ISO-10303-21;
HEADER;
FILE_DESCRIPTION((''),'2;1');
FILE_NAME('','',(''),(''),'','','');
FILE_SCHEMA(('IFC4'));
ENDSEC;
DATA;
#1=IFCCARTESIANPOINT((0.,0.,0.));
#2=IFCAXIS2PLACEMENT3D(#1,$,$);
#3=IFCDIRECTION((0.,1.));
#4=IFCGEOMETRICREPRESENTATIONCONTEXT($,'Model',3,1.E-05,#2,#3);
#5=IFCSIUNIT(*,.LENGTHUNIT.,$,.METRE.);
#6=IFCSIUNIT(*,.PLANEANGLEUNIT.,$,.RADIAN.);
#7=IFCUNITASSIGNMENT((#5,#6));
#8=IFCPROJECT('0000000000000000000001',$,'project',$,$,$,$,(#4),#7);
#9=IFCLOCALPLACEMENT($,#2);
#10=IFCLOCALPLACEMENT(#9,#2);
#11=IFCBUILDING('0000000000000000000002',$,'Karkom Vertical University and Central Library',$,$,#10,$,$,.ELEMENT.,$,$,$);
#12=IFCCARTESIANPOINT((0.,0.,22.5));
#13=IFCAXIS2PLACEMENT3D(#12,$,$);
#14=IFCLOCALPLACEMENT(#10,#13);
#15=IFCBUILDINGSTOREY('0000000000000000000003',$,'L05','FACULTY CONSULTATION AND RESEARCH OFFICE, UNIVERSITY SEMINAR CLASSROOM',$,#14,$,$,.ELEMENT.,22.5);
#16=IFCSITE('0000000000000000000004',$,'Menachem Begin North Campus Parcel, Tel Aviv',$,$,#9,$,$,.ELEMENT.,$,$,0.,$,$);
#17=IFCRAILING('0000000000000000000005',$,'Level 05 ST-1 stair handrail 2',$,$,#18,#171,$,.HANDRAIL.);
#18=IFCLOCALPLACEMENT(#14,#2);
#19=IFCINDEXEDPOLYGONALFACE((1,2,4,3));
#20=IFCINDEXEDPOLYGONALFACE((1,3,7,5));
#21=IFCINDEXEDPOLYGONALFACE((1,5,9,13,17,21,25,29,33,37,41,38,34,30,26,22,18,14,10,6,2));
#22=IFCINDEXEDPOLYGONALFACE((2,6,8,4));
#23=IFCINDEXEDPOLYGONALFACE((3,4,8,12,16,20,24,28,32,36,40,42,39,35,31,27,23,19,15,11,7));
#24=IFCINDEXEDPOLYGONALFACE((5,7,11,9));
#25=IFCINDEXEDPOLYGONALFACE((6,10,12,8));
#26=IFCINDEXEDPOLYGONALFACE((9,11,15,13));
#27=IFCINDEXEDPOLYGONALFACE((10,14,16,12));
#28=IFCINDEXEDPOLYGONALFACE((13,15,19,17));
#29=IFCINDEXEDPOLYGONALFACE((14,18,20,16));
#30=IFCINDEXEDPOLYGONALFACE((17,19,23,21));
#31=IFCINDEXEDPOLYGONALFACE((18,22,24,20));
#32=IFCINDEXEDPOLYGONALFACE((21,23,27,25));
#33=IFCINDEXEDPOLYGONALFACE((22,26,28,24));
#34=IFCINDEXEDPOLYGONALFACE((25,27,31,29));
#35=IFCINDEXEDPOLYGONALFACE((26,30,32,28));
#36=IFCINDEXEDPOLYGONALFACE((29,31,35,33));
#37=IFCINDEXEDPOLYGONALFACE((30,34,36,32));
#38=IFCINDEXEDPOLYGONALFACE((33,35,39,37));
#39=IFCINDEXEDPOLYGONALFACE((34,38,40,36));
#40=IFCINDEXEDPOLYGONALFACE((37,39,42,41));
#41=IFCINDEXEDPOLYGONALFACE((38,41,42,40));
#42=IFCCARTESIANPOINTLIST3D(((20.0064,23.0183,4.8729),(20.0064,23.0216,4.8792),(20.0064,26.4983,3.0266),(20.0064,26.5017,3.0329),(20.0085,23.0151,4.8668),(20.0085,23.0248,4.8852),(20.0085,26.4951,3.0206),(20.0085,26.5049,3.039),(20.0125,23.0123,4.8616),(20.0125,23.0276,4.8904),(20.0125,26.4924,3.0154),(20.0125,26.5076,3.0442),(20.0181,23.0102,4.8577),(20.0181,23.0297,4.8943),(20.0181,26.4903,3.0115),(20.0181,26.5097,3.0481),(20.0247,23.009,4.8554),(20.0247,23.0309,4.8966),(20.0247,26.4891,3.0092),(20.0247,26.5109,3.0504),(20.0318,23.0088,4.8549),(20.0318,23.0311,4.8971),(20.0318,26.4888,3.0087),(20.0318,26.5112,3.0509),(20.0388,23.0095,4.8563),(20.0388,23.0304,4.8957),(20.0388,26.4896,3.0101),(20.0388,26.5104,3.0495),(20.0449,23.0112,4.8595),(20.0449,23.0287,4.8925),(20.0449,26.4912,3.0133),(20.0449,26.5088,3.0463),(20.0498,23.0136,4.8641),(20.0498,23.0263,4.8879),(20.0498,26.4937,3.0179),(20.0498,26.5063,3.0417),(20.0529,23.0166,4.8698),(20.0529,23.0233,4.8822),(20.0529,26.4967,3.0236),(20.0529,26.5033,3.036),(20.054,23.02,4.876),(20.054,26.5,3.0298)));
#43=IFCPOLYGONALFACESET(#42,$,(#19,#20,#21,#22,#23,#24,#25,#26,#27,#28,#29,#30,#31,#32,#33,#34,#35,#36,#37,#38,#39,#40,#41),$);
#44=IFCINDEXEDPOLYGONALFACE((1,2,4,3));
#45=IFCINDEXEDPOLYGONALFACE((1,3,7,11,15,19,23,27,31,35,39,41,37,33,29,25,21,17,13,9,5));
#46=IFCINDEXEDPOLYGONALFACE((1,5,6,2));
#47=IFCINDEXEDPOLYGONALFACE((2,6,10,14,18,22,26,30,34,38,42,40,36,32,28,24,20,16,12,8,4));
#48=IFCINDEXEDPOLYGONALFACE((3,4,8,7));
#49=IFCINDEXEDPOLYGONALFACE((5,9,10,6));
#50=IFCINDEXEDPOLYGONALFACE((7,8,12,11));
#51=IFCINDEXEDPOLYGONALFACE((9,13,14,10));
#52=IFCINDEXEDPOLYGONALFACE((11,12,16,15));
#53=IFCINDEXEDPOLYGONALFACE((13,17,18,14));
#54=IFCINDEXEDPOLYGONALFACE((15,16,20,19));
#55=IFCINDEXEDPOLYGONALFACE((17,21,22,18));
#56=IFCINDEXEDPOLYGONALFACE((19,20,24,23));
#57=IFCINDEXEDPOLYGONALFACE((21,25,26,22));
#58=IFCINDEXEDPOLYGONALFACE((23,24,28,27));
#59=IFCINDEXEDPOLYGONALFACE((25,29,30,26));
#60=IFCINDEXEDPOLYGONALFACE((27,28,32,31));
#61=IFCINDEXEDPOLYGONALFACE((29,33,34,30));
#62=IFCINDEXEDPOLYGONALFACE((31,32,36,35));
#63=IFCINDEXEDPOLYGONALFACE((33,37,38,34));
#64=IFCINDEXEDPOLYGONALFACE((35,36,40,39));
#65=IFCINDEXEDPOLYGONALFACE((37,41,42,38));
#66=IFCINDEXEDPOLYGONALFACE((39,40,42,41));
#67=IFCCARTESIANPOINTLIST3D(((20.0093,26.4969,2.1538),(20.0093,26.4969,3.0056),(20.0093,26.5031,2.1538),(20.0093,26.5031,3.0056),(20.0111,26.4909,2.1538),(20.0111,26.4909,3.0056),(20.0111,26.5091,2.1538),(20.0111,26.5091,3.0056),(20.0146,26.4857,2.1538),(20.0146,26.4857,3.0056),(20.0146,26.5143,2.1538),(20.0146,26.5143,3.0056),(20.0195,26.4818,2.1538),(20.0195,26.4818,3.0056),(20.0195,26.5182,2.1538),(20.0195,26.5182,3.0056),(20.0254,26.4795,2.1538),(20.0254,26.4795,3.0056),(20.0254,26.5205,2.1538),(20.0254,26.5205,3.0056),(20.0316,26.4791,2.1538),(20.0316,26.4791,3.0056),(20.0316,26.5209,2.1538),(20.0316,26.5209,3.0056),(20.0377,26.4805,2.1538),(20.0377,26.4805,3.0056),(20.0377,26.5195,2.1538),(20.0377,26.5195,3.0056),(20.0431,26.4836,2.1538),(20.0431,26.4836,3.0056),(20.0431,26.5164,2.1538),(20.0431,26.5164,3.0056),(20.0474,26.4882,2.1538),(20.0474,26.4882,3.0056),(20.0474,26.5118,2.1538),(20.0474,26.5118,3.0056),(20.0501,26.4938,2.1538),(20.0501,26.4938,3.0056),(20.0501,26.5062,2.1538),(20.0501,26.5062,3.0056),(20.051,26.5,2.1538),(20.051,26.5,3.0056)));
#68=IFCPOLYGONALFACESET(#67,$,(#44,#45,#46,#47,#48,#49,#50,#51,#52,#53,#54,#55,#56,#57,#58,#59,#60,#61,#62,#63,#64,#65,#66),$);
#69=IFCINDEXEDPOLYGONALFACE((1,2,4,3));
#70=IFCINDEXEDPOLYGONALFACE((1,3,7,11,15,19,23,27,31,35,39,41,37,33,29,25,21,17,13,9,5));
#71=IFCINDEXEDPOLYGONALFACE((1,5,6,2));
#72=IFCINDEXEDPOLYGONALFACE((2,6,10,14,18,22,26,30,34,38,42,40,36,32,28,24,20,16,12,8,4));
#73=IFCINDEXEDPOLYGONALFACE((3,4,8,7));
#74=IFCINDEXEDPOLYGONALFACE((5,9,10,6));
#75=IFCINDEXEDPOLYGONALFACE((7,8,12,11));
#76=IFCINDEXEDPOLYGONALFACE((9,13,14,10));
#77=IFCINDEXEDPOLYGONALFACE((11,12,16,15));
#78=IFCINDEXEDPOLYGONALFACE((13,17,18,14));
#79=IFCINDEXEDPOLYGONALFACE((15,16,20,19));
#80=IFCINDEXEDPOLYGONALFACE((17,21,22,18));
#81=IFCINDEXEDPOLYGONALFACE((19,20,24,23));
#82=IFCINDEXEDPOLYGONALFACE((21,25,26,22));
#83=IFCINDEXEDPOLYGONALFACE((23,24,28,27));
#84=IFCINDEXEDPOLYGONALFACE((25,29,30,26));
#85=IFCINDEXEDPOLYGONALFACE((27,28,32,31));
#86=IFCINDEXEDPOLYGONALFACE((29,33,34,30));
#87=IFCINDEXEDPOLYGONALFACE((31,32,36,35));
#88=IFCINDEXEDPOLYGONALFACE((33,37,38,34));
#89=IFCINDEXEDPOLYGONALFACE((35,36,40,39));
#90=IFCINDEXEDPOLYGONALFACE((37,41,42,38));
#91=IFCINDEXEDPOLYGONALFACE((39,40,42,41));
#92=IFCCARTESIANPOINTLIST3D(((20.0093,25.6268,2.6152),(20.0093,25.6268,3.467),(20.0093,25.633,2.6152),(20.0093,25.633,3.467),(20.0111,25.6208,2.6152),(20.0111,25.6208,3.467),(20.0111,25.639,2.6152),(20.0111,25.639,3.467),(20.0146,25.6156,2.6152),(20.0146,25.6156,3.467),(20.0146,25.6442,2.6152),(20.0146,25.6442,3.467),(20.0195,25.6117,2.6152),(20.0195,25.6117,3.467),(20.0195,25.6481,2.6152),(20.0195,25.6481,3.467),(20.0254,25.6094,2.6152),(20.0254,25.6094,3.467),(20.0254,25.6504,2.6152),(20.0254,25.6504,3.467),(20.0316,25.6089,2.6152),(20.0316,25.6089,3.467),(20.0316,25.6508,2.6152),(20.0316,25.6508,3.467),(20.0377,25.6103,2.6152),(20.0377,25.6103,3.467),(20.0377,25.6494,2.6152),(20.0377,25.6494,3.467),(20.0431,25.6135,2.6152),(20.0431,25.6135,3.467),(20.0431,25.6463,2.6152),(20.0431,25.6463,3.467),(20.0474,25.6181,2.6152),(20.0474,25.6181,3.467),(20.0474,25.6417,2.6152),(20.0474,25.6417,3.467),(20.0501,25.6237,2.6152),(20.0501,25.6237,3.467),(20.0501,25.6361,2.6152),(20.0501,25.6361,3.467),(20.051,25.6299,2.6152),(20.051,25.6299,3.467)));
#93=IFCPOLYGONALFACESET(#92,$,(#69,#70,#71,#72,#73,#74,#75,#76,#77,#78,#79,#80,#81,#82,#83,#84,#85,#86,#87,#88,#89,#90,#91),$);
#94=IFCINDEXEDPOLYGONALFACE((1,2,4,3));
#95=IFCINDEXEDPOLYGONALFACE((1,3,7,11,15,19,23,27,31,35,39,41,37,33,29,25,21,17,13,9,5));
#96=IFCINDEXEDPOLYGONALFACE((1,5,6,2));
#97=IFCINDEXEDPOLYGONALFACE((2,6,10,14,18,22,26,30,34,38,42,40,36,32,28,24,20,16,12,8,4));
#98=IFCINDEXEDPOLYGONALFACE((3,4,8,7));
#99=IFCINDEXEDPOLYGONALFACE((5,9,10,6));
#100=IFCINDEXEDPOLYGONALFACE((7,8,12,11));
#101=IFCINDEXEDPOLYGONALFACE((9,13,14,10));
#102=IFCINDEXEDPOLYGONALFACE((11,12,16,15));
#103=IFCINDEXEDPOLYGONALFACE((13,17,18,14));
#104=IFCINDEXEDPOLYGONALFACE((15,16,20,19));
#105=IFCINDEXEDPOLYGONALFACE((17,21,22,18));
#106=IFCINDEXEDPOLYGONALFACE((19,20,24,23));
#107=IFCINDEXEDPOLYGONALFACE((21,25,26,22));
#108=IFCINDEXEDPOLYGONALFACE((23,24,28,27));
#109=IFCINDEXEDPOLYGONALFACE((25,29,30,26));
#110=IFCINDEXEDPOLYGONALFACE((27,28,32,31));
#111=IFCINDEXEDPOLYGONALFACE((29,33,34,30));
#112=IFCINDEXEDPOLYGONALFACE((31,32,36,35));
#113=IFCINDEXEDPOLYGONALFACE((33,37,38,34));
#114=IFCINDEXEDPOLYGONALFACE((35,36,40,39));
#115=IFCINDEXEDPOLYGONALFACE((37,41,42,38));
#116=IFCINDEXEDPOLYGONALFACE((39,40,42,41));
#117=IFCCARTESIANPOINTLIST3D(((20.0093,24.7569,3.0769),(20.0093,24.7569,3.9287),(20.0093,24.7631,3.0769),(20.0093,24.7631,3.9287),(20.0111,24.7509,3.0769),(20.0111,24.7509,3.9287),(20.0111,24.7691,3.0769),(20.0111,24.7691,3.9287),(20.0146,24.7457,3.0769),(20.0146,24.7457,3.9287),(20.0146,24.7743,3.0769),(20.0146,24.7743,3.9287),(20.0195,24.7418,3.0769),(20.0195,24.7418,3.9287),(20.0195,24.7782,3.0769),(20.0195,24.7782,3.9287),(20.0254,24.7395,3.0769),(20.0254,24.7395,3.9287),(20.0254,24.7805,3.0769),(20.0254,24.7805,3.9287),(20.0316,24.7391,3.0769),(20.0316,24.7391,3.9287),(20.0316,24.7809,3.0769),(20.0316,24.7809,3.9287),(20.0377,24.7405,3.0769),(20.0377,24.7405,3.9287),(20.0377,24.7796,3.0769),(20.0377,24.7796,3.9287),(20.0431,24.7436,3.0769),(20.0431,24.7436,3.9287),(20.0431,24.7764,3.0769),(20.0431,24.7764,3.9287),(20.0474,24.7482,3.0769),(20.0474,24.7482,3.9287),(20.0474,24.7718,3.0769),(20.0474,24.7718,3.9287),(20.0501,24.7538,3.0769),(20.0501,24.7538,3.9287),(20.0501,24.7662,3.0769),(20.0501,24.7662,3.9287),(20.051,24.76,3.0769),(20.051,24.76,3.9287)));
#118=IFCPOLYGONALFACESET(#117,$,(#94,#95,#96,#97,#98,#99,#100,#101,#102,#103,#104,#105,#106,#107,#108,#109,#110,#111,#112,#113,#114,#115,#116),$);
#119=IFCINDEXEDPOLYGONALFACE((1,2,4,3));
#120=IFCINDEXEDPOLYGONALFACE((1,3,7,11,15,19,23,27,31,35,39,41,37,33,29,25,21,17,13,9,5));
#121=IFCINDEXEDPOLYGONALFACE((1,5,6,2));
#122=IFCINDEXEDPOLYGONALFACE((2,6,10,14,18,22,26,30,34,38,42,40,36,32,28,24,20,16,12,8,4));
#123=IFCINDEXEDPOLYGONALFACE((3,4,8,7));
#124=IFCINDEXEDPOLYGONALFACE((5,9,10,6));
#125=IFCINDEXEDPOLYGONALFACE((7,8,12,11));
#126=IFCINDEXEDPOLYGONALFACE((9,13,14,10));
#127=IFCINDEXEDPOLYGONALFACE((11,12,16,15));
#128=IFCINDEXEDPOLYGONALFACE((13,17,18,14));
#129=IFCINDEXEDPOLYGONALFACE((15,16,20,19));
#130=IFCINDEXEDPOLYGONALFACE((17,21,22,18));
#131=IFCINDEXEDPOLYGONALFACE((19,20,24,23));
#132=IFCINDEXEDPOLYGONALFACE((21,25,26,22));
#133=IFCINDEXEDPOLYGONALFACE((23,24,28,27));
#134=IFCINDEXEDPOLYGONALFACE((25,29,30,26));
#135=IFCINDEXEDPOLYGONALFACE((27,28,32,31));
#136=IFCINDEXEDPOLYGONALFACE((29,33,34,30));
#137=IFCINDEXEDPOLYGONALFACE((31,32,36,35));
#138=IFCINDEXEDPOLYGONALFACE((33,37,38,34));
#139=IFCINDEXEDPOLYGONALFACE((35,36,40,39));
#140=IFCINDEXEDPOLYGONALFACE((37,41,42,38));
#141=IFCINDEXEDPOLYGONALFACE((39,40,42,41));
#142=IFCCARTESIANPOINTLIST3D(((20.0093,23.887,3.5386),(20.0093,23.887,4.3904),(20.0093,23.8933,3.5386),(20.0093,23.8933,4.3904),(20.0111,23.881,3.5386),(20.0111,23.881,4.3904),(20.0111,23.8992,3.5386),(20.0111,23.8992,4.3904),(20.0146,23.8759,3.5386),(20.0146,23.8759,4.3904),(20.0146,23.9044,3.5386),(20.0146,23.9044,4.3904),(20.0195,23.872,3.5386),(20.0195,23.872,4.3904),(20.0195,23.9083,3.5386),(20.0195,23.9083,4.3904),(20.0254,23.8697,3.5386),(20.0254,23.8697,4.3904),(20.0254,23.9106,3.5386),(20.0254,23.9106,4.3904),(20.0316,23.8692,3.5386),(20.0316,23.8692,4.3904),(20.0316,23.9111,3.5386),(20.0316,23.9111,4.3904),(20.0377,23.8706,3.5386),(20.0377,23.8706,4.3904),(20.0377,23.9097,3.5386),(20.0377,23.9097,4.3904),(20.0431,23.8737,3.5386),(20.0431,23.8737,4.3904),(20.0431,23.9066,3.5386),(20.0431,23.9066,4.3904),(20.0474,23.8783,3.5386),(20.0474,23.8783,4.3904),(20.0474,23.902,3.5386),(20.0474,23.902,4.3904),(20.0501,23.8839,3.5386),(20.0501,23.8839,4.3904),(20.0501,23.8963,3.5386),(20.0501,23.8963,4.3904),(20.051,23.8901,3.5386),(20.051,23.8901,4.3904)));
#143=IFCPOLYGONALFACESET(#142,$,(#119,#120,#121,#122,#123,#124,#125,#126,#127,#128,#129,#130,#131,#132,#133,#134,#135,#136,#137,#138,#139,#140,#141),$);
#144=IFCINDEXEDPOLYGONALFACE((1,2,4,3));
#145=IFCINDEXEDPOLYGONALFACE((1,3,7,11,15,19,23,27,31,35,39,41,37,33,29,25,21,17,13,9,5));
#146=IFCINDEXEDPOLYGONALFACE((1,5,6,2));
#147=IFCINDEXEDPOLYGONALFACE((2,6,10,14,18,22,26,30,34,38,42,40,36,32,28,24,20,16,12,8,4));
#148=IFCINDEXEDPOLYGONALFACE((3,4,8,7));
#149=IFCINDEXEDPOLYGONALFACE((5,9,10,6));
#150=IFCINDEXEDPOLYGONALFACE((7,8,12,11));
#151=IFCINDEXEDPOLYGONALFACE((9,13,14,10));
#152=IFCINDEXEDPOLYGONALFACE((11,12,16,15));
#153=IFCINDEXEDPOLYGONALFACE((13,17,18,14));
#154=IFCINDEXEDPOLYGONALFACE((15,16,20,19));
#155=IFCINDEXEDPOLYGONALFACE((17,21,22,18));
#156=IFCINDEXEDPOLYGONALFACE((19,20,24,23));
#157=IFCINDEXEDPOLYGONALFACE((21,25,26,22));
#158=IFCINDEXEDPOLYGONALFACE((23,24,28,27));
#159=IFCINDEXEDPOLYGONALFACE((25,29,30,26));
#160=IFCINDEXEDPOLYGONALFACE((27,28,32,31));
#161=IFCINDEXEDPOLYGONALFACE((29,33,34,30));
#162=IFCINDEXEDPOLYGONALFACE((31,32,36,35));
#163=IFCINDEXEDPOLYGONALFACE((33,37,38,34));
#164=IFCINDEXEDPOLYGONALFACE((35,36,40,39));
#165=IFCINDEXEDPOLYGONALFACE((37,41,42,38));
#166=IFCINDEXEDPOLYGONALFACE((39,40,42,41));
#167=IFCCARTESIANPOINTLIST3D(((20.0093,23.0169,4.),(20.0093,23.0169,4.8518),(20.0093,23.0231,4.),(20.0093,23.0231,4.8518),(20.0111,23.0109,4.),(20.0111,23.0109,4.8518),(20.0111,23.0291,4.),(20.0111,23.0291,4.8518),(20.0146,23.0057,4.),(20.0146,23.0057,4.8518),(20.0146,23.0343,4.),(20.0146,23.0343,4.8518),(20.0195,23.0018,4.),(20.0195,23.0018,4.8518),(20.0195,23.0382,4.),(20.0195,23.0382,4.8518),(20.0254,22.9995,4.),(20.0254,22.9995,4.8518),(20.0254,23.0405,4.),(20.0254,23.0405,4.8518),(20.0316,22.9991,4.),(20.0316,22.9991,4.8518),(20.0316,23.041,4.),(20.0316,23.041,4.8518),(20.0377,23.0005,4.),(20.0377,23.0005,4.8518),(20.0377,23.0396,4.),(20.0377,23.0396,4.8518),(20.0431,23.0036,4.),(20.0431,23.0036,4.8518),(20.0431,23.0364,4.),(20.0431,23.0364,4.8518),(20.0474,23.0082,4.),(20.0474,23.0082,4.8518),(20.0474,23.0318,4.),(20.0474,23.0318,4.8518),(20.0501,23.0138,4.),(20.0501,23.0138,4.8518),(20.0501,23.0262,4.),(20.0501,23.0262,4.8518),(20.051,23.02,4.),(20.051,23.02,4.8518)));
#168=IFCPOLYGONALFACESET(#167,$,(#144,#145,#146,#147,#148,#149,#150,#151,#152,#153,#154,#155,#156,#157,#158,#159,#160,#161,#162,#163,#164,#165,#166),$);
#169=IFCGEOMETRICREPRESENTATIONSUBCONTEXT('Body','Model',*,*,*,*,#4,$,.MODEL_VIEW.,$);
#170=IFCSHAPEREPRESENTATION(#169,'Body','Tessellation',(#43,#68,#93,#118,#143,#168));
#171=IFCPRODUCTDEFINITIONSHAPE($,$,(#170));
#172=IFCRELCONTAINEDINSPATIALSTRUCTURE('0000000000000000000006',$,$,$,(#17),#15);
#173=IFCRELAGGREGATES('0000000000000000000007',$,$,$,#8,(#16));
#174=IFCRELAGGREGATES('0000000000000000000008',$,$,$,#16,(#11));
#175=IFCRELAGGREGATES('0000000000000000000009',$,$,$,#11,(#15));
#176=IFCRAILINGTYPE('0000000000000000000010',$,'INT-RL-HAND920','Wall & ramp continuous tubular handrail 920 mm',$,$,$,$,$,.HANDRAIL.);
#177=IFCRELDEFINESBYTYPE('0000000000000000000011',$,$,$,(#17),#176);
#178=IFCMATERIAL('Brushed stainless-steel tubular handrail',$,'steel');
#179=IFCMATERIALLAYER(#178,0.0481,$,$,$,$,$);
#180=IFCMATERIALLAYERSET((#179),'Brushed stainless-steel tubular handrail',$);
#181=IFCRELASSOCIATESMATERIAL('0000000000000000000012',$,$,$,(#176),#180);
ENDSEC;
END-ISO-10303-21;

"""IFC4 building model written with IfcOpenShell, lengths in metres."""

from ifc_helpers import new_model, si_unit, direction, frame, origin, origin_2d, place, context, subcontext, project, spatial, circle, extrude, material, layer, layer_set, type_object, element, save


model = new_model("IFC4")

# Units and contexts
model_context = context("Model", 3, precision=1e-05, world=origin(), true_north=direction((0.0, 1.0)))
body_context = subcontext(model_context, "Body", "Model", "MODEL_VIEW")
ifc_project = project(units=[si_unit("LENGTHUNIT", "METRE"), si_unit("PLANEANGLEUNIT", "RADIAN")], contexts=[model_context])

# Site, building, storey
site_placement = place(None, origin())
site = spatial("IfcSite", under=ifc_project, at=site_placement, Name="Menachem Begin North Campus Parcel, Tel Aviv", CompositionType="ELEMENT", RefElevation=0.0)
building_placement = place(site_placement, origin())
building = spatial("IfcBuilding", under=site, at=building_placement, Name="Karkom Vertical University and Central Library", CompositionType="ELEMENT")
storey_placement = place(building_placement, frame((0.0, 0.0, 22.5)))
storey = spatial("IfcBuildingStorey", under=building, at=storey_placement, Name="L05", Description="FACULTY CONSULTATION AND RESEARCH OFFICE, UNIVERSITY SEMINAR CLASSROOM", CompositionType="ELEMENT", Elevation=22.5)

# Railing
ifc_material_1 = material(Name="Brushed stainless-steel tubular handrail", Category="steel")
ifc_layer_1 = layer(ifc_material_1, 0.0481)
ifc_layer_set_1 = layer_set([ifc_layer_1], Name="Brushed stainless-steel tubular handrail")
railing_type_1 = type_object("IfcRailingType", Name="INT-RL-HAND920", Description="Wall & ramp continuous tubular handrail 920 mm", PredefinedType="HANDRAIL", material=ifc_layer_set_1)
railing_1_placement = place(storey_placement, frame((20.03, 26.5, 2.1538)))
element("IfcRailing", 1, at=railing_1_placement, inside=storey, type_object=railing_type_1, Name="Level 05 ST-1 stair handrail 2", PredefinedType="HANDRAIL", context=body_context, shape_type="SweptSolid", body=[
    extrude(circle(Radius=0.0239, at=origin_2d()), frame((0.0, 0.0, 0.876), z_axis=(0.0, -0.883384, 0.468651), x_axis=(1.0, 0.0, 0.0)), (0.0, 0.0, 1.0), 3.9395),
    extrude(circle(Radius=0.021, at=origin_2d()), origin(), (0.0, 0.0, 1.0), 0.8518),
    extrude(circle(Radius=0.021, at=origin_2d()), frame((0.0, -0.8701, 0.4614)), (0.0, 0.0, 1.0), 0.8518),
    extrude(circle(Radius=0.021, at=origin_2d()), frame((0.0, -1.74, 0.9231)), (0.0, 0.0, 1.0), 0.8518),
    extrude(circle(Radius=0.021, at=origin_2d()), frame((0.0, -2.6099, 1.3848)), (0.0, 0.0, 1.0), 0.8518),
    extrude(circle(Radius=0.021, at=origin_2d()), frame((0.0, -3.48, 1.8462)), (0.0, 0.0, 1.0), 0.8518),
])

save(model, "model.ifc")
